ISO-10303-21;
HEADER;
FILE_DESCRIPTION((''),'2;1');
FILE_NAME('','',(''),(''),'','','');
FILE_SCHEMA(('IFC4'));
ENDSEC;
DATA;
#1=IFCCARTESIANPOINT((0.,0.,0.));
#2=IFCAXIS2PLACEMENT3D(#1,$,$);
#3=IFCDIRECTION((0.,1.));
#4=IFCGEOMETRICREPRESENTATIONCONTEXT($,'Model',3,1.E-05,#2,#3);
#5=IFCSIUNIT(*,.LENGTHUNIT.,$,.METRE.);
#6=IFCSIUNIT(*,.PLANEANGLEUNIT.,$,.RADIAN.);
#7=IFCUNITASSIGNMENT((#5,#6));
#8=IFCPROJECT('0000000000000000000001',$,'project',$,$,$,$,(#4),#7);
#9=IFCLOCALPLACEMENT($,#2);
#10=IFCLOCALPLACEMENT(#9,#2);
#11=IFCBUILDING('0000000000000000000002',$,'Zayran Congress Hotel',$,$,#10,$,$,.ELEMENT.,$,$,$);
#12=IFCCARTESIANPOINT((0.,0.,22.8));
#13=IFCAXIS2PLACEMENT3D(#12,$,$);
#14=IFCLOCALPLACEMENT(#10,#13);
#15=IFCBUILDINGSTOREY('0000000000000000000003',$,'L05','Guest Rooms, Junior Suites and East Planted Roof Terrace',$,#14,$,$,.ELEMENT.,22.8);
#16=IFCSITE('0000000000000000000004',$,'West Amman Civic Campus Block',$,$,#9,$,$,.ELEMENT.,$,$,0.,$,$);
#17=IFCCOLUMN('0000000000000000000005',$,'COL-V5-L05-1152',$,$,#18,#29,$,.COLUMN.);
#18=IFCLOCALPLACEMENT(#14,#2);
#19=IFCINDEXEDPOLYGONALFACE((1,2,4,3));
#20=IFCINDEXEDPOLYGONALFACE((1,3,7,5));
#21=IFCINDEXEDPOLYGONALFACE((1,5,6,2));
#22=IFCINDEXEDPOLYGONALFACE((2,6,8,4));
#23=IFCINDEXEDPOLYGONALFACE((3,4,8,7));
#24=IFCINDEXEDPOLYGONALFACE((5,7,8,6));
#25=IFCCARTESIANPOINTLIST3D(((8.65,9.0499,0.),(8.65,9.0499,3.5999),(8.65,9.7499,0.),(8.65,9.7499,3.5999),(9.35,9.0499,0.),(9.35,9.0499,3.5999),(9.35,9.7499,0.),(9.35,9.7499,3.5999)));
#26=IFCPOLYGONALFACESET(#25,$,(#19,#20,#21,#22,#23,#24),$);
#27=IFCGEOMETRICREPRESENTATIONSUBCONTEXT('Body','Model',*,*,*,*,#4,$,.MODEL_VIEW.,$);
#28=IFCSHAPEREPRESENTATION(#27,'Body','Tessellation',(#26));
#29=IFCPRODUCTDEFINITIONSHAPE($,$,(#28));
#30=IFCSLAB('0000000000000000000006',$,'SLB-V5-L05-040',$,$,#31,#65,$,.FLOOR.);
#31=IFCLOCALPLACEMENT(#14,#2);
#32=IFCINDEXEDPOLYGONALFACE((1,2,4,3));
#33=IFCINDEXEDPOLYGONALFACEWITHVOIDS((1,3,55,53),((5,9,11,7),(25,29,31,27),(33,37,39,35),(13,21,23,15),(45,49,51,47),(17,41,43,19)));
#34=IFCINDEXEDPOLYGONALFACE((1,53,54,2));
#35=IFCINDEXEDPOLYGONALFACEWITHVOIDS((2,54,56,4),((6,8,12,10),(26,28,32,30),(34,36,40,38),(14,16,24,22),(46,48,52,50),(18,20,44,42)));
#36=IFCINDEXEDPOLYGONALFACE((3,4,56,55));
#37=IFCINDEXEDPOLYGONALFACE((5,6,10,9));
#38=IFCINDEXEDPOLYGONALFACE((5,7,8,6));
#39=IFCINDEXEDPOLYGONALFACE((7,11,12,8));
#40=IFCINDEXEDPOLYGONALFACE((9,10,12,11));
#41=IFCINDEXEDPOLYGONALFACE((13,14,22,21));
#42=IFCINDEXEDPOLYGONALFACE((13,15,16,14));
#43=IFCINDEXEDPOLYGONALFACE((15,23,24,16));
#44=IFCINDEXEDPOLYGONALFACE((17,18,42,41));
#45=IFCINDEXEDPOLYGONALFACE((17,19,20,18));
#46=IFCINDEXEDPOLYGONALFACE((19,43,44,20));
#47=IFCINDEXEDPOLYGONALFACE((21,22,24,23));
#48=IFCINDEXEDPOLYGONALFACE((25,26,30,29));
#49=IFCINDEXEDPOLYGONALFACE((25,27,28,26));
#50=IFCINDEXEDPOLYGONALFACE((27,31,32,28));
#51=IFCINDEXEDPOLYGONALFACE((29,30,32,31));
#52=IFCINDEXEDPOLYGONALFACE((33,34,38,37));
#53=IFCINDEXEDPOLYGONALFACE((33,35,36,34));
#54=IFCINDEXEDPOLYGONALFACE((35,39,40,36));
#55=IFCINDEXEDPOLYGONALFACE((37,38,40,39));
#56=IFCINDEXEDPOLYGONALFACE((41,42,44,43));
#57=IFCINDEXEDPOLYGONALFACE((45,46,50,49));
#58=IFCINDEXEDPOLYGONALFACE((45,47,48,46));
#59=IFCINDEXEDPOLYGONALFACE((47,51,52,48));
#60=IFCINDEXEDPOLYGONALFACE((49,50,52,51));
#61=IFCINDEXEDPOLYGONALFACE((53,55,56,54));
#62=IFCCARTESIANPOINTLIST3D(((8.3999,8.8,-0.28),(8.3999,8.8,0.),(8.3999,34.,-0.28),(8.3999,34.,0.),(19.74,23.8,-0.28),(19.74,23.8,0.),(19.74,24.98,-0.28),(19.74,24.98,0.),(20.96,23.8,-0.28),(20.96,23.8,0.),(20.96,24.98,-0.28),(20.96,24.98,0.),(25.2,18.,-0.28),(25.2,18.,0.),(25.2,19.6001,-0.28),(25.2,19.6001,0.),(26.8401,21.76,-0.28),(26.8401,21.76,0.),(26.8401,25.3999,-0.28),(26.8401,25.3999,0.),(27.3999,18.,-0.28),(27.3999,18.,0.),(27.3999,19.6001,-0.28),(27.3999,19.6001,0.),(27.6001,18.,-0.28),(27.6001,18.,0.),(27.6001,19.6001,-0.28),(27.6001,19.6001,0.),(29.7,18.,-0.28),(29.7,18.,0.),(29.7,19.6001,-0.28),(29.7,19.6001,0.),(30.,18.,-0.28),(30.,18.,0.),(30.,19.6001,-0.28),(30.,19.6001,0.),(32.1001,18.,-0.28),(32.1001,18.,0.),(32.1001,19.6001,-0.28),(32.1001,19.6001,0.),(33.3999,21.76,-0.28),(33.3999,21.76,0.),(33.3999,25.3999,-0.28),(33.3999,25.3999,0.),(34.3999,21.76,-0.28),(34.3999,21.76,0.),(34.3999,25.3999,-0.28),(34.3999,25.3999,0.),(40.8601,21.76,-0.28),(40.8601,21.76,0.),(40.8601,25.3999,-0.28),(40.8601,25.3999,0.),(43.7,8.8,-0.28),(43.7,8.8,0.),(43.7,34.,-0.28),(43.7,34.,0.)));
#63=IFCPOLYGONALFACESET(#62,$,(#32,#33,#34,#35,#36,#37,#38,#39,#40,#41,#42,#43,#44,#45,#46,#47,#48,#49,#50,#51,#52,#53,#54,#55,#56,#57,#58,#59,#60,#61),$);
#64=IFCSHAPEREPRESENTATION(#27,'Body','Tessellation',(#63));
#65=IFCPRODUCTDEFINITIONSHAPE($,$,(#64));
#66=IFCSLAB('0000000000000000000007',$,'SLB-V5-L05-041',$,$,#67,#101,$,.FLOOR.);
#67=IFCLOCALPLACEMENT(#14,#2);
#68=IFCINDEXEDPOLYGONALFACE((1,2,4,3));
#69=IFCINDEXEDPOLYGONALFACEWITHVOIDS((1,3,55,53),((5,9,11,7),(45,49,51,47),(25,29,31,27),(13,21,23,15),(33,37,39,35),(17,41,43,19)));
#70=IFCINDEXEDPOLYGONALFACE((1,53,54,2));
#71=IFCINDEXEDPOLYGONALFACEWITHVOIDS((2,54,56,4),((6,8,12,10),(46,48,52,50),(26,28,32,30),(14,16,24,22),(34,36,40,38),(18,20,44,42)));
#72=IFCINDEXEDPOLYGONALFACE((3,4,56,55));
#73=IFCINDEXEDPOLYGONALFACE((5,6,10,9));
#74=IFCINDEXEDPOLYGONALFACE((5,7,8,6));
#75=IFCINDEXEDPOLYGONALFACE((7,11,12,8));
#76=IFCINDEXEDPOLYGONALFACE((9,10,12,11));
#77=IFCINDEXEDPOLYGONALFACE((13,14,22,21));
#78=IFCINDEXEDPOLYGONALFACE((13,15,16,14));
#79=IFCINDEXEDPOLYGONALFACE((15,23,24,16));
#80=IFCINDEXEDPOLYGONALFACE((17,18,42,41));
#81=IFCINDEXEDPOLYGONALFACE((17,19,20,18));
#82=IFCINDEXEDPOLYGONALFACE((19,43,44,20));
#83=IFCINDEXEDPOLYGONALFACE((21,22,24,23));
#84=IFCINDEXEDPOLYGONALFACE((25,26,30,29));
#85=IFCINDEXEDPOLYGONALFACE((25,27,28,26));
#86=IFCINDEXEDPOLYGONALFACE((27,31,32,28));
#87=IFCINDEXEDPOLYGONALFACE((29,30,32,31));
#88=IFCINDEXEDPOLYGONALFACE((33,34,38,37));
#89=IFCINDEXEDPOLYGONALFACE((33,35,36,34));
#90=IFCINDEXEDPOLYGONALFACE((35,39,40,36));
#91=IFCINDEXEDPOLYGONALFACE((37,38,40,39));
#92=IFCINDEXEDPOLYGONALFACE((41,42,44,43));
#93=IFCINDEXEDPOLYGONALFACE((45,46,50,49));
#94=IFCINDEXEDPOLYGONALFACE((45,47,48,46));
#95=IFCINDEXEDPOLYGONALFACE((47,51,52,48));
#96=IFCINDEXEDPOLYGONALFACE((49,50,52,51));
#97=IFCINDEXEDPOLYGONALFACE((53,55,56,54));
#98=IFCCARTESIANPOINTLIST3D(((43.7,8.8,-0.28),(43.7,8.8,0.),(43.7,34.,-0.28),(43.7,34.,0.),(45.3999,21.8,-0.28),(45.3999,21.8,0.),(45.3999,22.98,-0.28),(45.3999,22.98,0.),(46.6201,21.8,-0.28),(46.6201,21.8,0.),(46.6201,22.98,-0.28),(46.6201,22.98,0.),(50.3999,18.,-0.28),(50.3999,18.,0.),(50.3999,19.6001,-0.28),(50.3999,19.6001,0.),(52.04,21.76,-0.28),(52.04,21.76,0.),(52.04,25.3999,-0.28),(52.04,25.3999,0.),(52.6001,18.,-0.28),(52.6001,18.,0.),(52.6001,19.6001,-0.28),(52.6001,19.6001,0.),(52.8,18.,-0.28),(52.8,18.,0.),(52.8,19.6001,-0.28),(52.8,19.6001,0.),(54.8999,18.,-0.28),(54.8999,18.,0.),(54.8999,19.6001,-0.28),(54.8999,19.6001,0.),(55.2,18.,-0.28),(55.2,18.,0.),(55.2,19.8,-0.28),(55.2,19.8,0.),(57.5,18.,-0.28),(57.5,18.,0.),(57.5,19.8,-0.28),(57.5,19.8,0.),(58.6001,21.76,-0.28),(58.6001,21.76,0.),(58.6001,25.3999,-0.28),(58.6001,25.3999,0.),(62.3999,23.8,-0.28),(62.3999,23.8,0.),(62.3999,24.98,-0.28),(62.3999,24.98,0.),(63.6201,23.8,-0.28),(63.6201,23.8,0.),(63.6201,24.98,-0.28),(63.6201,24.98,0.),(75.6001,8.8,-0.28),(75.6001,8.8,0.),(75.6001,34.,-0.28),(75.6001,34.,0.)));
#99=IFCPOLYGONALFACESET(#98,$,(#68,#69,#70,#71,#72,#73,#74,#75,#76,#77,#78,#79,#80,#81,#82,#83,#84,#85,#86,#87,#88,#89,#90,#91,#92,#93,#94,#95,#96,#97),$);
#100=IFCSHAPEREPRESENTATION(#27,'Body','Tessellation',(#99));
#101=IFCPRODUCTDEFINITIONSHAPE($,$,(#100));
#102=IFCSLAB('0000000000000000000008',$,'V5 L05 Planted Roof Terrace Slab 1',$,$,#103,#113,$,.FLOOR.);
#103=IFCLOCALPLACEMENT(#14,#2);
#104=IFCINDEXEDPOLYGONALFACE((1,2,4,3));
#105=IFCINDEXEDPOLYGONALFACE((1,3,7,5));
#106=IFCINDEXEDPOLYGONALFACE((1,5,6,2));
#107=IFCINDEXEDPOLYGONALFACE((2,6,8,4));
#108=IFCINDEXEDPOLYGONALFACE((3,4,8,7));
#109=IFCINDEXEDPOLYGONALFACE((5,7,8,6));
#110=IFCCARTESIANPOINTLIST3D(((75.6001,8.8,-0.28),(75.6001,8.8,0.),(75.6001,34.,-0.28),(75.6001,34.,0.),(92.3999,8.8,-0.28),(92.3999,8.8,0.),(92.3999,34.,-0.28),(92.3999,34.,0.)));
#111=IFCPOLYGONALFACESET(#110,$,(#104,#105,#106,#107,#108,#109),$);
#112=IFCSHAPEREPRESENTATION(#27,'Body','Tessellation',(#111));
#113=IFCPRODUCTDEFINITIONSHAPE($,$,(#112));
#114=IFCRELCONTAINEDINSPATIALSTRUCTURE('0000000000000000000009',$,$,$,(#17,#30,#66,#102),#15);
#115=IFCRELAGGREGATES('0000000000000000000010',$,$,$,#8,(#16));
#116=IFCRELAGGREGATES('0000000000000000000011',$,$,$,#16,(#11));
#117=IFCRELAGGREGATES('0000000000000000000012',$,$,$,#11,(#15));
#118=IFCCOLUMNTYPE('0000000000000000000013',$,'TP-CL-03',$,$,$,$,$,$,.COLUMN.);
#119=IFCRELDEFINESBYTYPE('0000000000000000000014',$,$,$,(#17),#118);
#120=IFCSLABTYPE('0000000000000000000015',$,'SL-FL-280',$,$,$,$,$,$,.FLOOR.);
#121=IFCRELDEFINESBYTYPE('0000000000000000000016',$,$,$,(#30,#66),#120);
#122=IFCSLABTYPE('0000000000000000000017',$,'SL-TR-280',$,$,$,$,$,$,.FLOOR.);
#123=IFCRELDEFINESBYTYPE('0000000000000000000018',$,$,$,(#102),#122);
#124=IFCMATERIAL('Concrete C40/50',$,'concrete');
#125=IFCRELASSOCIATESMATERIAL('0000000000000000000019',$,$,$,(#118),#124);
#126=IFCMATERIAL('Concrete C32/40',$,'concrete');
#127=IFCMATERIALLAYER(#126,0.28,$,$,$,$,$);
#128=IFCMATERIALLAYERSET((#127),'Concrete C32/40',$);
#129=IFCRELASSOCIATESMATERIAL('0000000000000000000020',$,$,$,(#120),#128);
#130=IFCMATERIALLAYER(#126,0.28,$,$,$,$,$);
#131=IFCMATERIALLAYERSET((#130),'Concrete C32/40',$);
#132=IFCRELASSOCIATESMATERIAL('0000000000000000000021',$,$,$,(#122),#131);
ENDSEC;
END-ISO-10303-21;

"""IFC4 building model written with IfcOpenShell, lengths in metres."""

from ifc_helpers import new_model, si_unit, direction, frame, origin, origin_2d, place, context, subcontext, project, spatial, polyline, rectangle, outline, extrude, material, layer, layer_set, material_profile, profile_set, type_object, element, save


model = new_model("IFC4")

# Units and contexts
model_context = context("Model", 3, precision=1e-05, world=origin(), true_north=direction((0.0, 1.0)))
body_context = subcontext(model_context, "Body", "Model", "MODEL_VIEW")
ifc_project = project(units=[si_unit("LENGTHUNIT", "METRE"), si_unit("PLANEANGLEUNIT", "RADIAN")], contexts=[model_context])

# Site, building, storey
site_placement = place(None, origin())
site = spatial("IfcSite", under=ifc_project, at=site_placement, Name="West Amman Civic Campus Block", CompositionType="ELEMENT", RefElevation=0.0)
building_placement = place(site_placement, origin())
building = spatial("IfcBuilding", under=site, at=building_placement, Name="Zayran Congress Hotel", CompositionType="ELEMENT")
storey_placement = place(building_placement, frame((0.0, 0.0, 22.8)))
storey = spatial("IfcBuildingStorey", under=building, at=storey_placement, Name="L05", Description="Guest Rooms, Junior Suites and East Planted Roof Terrace", CompositionType="ELEMENT", Elevation=22.8)

# Column
ifc_material_1 = material(Name="Concrete C40/50", Category="concrete")
ifc_material_profile = material_profile(ifc_material_1, rectangle(XDim=0.7, YDim=0.7, at=origin_2d()), Name="RC 700x700")
ifc_profile_set = profile_set([ifc_material_profile], Name="Concrete C40/50")
column_type = type_object("IfcColumnType", Name="TP-CL-03", PredefinedType="COLUMN", material=ifc_profile_set)
column_placement = place(storey_placement, frame((9.0, 9.3999, 0.0), z_axis=(0.0, 0.0, 1.0), x_axis=(1.0, 0.0, 0.0)))
element("IfcColumn", 1, at=column_placement, inside=storey, type_object=column_type, Name="COL-V5-L05-1152", PredefinedType="COLUMN", context=body_context, shape_type="SweptSolid", body=[
    extrude(rectangle(XDim=0.7, YDim=0.7, at=origin_2d()), origin(), (0.0, 0.0, 1.0), 3.5999),
])

# Slabs
ifc_material_2 = material(Name="Concrete C32/40", Category="concrete")
ifc_layer_1 = layer(ifc_material_2, 0.28)
ifc_layer_set_1 = layer_set([ifc_layer_1], Name="Concrete C32/40")
slab_type_1 = type_object("IfcSlabType", Name="SL-FL-280", PredefinedType="FLOOR", material=ifc_layer_set_1)
slab_1_placement = place(storey_placement, frame((0.0, 0.0, -0.28)))
element("IfcSlab", 2, at=slab_1_placement, inside=storey, type_object=slab_type_1, Name="SLB-V5-L05-040", PredefinedType="FLOOR", context=body_context, shape_type="SweptSolid", body=[
    extrude(outline(polyline([(8.3999, 8.8), (43.7, 8.8), (43.7, 34.0), (8.3999, 34.0), (8.3999, 8.8)]), holes=[polyline([(26.8401, 21.76), (33.3999, 21.76), (33.3999, 25.3999), (26.8401, 25.3999), (26.8401, 21.76)]), polyline([(25.2, 18.0), (27.3999, 18.0), (27.3999, 19.6001), (25.2, 19.6001), (25.2, 18.0)]), polyline([(27.6001, 18.0), (29.7, 18.0), (29.7, 19.6001), (27.6001, 19.6001), (27.6001, 18.0)]), polyline([(30.0, 18.0), (32.1001, 18.0), (32.1001, 19.6001), (30.0, 19.6001), (30.0, 18.0)]), polyline([(34.3999, 21.76), (40.8601, 21.76), (40.8601, 25.3999), (34.3999, 25.3999), (34.3999, 21.76)]), polyline([(19.74, 23.8), (20.96, 23.8), (20.96, 24.98), (19.74, 24.98), (19.74, 23.8)])]), origin(), (0.0, 0.0, 1.0), 0.28),
])
slab_2_placement = place(storey_placement, frame((0.0, 0.0, -0.28)))
element("IfcSlab", 3, at=slab_2_placement, inside=storey, type_object=slab_type_1, Name="SLB-V5-L05-041", PredefinedType="FLOOR", context=body_context, shape_type="SweptSolid", body=[
    extrude(outline(polyline([(43.7, 8.8), (75.6001, 8.8), (75.6001, 34.0), (43.7, 34.0), (43.7, 8.8)]), holes=[polyline([(52.04, 21.76), (58.6001, 21.76), (58.6001, 25.3999), (52.04, 25.3999), (52.04, 21.76)]), polyline([(50.3999, 18.0), (52.6001, 18.0), (52.6001, 19.6001), (50.3999, 19.6001), (50.3999, 18.0)]), polyline([(52.8, 18.0), (54.8999, 18.0), (54.8999, 19.6001), (52.8, 19.6001), (52.8, 18.0)]), polyline([(55.2, 18.0), (57.5, 18.0), (57.5, 19.8), (55.2, 19.8), (55.2, 18.0)]), polyline([(45.3999, 21.8), (46.6201, 21.8), (46.6201, 22.98), (45.3999, 22.98), (45.3999, 21.8)]), polyline([(62.3999, 23.8), (63.6201, 23.8), (63.6201, 24.98), (62.3999, 24.98), (62.3999, 23.8)])]), origin(), (0.0, 0.0, 1.0), 0.28),
])
ifc_layer_2 = layer(ifc_material_2, 0.28)
ifc_layer_set_2 = layer_set([ifc_layer_2], Name="Concrete C32/40")
slab_type_2 = type_object("IfcSlabType", Name="SL-TR-280", PredefinedType="FLOOR", material=ifc_layer_set_2)
slab_3_placement = place(storey_placement, frame((0.0, 0.0, -0.28)))
element("IfcSlab", 4, at=slab_3_placement, inside=storey, type_object=slab_type_2, Name="V5 L05 Planted Roof Terrace Slab 1", PredefinedType="FLOOR", context=body_context, shape_type="SweptSolid", body=[
    extrude(outline(polyline([(75.6001, 8.8), (92.3999, 8.8), (92.3999, 34.0), (75.6001, 34.0), (75.6001, 8.8)])), origin(), (0.0, 0.0, 1.0), 0.28),
])

save(model, "model.ifc")
